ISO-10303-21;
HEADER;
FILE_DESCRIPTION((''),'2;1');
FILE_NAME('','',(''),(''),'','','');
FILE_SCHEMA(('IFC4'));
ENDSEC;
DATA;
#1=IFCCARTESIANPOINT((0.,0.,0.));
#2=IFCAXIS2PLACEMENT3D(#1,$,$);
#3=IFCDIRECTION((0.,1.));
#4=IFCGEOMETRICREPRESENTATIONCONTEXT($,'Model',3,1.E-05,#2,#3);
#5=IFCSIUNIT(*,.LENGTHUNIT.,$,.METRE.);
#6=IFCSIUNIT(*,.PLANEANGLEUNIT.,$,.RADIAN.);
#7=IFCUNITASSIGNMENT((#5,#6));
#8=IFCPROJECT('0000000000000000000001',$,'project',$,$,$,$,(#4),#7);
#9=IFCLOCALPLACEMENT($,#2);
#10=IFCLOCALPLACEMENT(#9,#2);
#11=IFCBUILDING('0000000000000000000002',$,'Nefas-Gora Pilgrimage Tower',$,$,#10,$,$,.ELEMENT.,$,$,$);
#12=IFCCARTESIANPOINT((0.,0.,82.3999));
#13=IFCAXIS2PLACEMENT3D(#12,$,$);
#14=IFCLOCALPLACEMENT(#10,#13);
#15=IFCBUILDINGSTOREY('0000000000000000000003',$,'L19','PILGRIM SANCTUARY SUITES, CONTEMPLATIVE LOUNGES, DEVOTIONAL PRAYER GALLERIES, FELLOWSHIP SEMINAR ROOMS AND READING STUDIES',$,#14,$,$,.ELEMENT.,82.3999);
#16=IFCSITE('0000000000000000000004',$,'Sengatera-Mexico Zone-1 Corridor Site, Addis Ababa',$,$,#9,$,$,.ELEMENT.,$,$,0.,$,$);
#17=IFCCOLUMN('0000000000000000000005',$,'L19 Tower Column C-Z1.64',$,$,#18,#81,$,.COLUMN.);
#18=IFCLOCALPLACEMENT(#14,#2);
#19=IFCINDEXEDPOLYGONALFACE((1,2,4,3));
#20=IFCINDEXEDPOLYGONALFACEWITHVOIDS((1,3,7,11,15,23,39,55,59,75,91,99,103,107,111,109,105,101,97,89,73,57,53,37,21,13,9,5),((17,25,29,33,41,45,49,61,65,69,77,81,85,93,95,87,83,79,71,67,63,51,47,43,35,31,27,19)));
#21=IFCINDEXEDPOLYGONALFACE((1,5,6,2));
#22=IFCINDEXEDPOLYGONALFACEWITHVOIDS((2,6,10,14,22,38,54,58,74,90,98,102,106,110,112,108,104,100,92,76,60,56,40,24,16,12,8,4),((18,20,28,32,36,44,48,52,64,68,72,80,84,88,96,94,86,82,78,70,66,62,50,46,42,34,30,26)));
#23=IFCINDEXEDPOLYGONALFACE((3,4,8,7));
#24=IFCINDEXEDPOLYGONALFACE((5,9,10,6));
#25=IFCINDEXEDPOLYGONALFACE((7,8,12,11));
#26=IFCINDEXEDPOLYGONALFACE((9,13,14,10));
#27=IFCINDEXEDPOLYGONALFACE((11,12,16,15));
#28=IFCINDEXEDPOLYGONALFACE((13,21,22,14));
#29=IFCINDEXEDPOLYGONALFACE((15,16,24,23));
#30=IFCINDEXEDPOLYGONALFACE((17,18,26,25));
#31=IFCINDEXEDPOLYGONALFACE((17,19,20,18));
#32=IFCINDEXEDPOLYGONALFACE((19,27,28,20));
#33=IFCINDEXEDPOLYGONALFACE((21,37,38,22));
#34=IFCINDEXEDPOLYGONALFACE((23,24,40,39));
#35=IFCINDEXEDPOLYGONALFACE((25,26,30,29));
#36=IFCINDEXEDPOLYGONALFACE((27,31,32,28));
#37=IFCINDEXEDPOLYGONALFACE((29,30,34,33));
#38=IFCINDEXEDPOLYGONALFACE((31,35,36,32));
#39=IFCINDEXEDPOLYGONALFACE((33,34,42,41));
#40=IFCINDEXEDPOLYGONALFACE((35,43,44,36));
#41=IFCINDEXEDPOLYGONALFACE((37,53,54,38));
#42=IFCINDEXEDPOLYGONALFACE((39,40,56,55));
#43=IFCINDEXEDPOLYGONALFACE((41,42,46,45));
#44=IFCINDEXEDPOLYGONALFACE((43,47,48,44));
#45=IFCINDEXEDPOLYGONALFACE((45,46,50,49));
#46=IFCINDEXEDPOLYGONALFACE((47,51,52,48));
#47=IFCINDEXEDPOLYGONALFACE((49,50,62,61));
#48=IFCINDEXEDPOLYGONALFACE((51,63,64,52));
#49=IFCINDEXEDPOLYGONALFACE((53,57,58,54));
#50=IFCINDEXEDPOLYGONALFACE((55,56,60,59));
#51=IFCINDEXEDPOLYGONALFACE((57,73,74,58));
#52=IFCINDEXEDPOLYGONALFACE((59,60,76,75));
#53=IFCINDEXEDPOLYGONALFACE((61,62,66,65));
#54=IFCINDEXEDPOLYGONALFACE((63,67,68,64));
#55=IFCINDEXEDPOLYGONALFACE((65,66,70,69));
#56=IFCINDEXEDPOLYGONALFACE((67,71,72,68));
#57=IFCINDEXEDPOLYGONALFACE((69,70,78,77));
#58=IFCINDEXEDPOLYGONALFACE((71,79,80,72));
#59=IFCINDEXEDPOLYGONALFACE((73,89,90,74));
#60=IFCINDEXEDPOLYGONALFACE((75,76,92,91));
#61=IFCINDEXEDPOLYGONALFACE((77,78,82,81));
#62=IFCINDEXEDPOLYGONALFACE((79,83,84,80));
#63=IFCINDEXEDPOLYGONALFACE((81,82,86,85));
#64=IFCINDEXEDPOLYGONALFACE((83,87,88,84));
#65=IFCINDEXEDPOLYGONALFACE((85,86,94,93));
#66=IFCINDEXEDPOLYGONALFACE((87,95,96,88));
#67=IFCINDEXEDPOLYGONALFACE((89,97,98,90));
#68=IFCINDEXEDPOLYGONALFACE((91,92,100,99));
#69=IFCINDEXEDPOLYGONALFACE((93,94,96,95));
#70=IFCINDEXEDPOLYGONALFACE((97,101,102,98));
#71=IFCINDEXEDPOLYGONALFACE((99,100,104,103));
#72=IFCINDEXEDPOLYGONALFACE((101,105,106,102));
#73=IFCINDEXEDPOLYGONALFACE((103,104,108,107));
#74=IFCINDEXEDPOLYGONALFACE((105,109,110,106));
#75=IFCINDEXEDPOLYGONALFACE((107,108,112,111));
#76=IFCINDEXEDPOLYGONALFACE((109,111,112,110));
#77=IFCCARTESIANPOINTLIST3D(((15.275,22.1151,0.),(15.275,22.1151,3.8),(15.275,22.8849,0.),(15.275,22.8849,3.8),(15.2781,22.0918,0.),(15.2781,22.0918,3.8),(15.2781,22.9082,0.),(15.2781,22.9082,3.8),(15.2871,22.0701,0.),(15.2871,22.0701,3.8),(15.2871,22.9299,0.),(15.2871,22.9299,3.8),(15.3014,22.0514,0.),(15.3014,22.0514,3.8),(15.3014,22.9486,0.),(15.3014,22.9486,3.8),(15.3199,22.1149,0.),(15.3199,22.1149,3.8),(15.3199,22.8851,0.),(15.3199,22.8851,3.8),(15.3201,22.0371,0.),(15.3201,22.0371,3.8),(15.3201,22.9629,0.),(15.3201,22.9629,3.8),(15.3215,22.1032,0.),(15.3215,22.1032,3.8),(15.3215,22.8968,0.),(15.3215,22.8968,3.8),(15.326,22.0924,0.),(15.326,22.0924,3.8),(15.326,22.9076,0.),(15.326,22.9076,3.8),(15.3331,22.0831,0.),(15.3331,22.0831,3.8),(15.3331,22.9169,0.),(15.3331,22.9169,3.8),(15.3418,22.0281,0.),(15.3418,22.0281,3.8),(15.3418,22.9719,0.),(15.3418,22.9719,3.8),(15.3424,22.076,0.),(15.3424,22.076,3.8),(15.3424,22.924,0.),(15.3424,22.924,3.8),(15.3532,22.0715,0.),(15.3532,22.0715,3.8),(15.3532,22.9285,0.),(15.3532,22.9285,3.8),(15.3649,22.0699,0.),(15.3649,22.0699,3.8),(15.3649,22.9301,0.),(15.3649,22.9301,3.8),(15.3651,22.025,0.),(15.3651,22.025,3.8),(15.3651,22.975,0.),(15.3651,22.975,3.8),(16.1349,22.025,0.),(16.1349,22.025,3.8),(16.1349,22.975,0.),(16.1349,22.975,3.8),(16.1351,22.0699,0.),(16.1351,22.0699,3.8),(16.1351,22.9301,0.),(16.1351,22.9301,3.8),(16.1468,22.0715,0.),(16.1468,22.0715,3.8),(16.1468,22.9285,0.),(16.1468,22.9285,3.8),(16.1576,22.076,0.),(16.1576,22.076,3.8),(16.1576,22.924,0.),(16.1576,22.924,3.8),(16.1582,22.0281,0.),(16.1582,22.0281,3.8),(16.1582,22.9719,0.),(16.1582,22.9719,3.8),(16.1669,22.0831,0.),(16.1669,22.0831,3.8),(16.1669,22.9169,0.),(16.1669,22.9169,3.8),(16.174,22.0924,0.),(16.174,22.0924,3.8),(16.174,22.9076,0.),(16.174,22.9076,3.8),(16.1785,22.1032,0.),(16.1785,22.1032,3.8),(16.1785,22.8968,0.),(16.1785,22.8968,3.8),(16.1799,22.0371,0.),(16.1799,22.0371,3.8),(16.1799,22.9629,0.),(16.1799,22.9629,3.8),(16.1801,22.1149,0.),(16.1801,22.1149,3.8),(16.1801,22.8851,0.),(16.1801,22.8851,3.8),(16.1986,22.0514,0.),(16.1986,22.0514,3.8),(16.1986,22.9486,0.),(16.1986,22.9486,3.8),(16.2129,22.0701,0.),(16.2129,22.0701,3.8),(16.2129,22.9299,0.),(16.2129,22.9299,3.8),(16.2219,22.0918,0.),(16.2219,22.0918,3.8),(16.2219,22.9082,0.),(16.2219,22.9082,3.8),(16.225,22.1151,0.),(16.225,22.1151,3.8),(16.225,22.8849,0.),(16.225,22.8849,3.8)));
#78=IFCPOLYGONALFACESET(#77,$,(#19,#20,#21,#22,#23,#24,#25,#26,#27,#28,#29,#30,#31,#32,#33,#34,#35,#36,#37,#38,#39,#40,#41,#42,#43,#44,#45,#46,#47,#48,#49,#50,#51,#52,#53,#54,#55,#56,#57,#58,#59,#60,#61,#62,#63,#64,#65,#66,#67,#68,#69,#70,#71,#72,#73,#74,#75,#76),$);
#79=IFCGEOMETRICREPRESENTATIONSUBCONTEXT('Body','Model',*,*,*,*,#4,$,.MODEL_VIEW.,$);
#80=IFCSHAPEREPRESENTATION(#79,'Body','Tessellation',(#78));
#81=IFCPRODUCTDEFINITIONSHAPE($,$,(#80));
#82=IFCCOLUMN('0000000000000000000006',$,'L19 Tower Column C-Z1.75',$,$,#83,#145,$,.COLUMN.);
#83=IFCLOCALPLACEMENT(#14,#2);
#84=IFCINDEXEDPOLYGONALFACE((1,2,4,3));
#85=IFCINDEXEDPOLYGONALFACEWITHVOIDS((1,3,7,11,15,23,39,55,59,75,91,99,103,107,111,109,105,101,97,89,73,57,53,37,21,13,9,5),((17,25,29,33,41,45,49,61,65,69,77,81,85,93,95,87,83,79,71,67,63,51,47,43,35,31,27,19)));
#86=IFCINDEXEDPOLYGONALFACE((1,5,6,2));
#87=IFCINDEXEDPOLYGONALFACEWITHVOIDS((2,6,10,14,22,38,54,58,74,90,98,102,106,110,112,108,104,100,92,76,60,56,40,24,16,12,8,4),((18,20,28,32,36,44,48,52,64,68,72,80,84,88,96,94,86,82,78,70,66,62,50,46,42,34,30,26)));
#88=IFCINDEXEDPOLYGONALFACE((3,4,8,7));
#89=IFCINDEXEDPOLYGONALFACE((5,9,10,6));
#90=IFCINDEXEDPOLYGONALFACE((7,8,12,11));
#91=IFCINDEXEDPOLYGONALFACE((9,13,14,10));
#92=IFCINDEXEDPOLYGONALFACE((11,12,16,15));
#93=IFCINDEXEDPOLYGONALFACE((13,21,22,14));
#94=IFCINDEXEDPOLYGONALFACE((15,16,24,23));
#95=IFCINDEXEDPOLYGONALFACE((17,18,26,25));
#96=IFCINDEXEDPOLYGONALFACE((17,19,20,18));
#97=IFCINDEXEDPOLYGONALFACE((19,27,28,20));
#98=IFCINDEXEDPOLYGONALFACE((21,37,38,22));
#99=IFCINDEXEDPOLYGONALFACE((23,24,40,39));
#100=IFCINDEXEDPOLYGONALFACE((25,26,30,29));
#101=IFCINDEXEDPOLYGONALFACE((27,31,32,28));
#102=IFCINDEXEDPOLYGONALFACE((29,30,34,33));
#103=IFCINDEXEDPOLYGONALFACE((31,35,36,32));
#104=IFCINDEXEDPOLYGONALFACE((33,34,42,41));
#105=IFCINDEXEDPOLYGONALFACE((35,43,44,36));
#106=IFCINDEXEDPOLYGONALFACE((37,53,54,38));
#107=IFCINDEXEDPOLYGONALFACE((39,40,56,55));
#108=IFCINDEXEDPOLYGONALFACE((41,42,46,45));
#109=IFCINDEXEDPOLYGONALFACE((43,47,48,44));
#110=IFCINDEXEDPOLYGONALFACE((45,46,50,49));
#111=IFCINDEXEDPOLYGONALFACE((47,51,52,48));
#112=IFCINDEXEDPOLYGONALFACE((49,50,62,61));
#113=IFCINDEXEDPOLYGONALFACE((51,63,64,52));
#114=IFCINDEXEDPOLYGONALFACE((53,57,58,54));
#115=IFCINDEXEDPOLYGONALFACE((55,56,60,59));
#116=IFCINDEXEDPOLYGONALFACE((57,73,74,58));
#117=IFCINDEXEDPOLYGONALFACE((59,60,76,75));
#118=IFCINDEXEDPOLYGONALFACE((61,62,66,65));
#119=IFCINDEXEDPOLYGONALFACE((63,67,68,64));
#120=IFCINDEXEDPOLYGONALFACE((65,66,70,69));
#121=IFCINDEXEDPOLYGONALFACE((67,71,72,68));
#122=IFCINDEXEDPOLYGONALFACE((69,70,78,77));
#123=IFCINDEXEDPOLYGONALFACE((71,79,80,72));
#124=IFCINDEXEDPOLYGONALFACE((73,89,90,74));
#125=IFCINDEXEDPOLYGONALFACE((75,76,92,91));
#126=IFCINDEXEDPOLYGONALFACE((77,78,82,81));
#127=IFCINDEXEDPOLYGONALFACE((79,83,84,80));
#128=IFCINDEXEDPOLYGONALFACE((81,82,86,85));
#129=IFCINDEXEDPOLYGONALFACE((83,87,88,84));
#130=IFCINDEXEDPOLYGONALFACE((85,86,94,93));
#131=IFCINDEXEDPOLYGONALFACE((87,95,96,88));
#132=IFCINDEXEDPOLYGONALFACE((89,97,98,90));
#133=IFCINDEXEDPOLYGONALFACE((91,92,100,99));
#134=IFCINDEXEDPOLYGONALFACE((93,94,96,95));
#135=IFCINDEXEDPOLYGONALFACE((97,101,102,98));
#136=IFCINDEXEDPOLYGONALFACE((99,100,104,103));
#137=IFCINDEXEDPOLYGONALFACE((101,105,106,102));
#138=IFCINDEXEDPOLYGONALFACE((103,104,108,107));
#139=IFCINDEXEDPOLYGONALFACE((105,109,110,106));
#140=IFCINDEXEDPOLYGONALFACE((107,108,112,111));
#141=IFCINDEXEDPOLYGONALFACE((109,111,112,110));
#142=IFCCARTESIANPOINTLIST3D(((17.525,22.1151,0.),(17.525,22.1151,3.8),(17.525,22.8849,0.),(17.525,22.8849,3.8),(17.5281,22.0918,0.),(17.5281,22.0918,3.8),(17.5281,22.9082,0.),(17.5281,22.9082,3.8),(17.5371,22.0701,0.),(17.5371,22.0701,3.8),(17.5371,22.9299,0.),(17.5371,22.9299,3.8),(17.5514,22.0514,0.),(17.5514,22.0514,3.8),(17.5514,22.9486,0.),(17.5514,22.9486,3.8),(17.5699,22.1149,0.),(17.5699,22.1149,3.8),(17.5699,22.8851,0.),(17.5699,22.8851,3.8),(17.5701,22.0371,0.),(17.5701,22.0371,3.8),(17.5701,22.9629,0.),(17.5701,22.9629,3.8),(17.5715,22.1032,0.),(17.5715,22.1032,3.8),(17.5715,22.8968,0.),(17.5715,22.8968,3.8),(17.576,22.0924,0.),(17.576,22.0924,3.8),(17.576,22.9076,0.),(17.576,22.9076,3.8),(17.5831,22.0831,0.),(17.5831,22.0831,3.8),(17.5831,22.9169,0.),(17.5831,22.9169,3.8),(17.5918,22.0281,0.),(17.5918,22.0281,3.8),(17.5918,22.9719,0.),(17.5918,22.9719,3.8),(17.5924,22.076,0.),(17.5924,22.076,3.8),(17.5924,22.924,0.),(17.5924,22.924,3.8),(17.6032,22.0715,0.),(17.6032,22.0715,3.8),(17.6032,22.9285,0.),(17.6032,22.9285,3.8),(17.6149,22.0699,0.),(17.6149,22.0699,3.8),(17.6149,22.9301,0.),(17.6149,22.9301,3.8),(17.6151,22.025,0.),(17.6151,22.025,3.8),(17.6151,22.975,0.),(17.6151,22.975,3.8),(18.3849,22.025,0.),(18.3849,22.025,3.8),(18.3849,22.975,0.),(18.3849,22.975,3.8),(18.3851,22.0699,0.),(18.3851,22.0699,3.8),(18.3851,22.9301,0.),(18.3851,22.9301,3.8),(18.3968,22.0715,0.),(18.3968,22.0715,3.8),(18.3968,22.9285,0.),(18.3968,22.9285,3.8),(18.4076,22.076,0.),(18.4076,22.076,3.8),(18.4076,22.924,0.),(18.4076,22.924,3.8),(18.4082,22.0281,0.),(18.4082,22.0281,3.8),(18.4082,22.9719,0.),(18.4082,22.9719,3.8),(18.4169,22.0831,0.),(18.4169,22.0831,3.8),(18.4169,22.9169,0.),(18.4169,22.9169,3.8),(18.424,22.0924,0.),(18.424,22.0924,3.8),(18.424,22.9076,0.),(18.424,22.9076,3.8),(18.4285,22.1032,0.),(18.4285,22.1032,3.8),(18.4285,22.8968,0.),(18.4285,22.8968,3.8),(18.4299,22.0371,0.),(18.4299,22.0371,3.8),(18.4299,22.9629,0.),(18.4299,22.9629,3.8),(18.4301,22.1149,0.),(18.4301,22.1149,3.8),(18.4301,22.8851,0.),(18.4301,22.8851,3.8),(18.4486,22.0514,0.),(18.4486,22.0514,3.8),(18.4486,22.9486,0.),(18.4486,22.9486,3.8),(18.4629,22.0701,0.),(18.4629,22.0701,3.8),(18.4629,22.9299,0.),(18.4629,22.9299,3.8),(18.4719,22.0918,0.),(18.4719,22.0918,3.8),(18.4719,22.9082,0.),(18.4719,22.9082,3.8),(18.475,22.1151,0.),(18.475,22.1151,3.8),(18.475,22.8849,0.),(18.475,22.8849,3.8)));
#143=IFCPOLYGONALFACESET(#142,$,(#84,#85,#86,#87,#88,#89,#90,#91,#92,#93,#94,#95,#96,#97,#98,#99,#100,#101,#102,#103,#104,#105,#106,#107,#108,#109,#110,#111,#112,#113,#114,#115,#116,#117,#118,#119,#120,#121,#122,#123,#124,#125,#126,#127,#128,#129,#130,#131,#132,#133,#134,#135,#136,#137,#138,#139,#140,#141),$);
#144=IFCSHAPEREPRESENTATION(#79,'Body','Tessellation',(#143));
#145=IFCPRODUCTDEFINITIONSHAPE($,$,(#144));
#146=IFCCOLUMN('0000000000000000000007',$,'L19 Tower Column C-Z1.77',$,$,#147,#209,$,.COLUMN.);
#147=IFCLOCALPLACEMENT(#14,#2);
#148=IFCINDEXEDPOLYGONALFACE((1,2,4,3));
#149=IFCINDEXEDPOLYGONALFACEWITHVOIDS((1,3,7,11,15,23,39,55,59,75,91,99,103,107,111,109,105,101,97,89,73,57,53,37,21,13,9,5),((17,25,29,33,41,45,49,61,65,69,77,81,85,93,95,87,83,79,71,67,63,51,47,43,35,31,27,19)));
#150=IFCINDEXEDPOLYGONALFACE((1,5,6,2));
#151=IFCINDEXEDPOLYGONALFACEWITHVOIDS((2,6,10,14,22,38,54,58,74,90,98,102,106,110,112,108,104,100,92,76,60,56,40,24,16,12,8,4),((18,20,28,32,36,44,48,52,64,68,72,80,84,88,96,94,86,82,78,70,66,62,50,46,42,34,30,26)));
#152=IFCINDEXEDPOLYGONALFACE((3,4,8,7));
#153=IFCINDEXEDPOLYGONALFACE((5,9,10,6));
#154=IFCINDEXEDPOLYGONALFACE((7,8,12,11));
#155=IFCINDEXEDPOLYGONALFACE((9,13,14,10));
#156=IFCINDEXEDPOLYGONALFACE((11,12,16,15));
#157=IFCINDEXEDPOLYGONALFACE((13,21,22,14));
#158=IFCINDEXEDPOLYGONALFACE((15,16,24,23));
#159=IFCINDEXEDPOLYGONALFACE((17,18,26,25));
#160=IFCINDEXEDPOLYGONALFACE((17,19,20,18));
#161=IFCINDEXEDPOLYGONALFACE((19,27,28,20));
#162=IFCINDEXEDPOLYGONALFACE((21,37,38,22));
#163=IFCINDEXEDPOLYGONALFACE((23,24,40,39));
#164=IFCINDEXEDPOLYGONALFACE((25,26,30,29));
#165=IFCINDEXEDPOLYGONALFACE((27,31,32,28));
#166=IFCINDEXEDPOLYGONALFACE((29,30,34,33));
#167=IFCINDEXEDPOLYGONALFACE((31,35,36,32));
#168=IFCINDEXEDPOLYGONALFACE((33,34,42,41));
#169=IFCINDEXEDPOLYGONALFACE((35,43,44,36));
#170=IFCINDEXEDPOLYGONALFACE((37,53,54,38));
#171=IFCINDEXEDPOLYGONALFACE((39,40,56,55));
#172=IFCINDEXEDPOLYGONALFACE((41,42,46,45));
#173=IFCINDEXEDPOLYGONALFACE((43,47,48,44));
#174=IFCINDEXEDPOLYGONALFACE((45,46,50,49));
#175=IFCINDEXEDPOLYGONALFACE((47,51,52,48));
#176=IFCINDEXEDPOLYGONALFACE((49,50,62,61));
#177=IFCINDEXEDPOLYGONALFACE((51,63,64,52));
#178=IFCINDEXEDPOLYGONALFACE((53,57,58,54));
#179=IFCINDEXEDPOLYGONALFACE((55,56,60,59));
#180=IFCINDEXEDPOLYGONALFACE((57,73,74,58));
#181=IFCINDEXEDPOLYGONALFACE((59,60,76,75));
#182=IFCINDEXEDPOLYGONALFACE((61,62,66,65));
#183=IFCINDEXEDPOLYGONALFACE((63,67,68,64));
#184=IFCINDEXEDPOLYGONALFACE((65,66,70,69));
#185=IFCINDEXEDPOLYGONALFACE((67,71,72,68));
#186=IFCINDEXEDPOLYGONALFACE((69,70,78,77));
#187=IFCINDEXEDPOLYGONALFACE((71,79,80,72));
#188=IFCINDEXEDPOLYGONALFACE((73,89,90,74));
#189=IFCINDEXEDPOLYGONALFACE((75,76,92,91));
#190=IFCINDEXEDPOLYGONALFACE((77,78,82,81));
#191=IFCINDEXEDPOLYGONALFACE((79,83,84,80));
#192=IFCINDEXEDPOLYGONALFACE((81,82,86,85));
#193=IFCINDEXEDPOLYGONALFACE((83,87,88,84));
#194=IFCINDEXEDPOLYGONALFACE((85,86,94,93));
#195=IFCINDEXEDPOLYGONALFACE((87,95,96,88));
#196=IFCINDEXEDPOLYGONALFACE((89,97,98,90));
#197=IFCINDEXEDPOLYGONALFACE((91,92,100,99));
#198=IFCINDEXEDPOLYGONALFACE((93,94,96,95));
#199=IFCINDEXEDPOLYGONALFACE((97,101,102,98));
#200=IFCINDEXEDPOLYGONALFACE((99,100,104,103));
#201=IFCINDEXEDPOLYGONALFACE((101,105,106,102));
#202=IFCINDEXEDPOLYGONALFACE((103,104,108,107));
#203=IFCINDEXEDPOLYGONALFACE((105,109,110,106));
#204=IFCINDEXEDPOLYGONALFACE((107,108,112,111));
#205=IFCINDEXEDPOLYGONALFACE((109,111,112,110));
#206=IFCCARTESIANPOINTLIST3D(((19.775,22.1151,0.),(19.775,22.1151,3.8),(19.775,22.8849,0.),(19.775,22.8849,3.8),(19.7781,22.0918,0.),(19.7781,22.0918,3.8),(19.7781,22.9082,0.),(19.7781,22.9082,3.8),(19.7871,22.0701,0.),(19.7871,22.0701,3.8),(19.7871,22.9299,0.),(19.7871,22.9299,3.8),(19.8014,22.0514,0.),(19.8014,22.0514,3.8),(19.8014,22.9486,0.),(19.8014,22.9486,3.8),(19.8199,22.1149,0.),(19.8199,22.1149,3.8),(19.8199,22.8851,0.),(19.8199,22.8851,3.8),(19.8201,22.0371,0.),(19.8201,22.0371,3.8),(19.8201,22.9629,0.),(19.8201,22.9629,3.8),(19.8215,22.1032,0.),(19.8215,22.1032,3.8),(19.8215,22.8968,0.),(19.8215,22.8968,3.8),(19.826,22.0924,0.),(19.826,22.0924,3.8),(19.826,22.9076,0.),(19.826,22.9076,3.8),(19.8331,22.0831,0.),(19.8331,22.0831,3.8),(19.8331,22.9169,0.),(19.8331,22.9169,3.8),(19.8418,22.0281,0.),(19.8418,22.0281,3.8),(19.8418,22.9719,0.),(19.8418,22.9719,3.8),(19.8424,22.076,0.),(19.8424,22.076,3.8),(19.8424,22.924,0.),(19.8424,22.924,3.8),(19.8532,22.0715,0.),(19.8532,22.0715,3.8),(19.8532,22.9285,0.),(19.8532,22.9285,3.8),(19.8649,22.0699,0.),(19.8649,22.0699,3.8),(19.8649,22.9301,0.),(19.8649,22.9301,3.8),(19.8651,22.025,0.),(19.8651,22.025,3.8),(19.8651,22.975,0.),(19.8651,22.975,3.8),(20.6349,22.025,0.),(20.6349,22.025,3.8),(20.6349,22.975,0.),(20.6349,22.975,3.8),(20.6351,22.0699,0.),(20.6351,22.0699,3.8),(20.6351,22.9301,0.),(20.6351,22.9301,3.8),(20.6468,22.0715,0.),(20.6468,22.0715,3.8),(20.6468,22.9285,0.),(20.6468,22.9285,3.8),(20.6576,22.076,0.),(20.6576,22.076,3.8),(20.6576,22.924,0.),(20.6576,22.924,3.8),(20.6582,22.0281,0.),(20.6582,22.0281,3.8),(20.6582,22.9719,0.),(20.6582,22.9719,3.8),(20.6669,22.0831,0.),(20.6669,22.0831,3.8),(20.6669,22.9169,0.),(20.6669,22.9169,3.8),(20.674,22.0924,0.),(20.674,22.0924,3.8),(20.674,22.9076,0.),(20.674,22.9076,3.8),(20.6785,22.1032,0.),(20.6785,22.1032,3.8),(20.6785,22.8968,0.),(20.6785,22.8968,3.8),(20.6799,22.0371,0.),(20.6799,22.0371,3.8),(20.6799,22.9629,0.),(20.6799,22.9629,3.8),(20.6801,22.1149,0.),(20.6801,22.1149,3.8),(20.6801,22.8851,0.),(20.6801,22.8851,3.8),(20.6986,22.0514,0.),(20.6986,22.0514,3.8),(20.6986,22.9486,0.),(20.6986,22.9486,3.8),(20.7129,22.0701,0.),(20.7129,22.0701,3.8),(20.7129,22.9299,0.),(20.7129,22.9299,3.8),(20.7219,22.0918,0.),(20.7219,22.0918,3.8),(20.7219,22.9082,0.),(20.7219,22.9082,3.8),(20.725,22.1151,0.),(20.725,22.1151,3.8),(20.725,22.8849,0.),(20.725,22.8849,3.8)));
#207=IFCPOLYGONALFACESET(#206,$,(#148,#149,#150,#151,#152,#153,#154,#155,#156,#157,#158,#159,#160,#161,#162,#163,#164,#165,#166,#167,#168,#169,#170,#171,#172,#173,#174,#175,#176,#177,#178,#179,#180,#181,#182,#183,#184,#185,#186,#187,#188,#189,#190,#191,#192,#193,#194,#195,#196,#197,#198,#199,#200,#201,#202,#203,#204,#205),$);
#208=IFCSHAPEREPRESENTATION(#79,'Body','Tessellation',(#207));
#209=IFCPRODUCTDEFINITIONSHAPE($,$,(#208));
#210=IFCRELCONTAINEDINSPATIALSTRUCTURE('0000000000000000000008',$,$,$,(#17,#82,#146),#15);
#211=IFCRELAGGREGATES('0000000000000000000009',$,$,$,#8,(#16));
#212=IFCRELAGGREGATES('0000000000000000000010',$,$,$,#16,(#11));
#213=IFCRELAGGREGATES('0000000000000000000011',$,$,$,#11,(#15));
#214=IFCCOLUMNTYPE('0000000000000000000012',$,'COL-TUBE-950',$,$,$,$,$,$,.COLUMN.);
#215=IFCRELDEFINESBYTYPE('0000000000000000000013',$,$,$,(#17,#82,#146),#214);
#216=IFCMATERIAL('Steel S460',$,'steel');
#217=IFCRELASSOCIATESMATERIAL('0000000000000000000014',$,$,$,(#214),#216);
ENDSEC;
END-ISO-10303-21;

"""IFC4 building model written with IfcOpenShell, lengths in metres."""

from ifc_helpers import new_model, si_unit, direction, frame, origin, origin_2d, place, context, subcontext, project, spatial, hollow_rectangle, extrude, source, transform, mapped, material, material_profile, profile_set, type_object, element, save


model = new_model("IFC4")

# Units and contexts
model_context = context("Model", 3, precision=1e-05, world=origin(), true_north=direction((0.0, 1.0)))
body_context = subcontext(model_context, "Body", "Model", "MODEL_VIEW")
ifc_project = project(units=[si_unit("LENGTHUNIT", "METRE"), si_unit("PLANEANGLEUNIT", "RADIAN")], contexts=[model_context])

# Site, building, storey
site_placement = place(None, origin())
site = spatial("IfcSite", under=ifc_project, at=site_placement, Name="Sengatera-Mexico Zone-1 Corridor Site, Addis Ababa", CompositionType="ELEMENT", RefElevation=0.0)
building_placement = place(site_placement, origin())
building = spatial("IfcBuilding", under=site, at=building_placement, Name="Nefas-Gora Pilgrimage Tower", CompositionType="ELEMENT")
storey_placement = place(building_placement, frame((0.0, 0.0, 82.3999)))
storey = spatial("IfcBuildingStorey", under=building, at=storey_placement, Name="L19", Description="PILGRIM SANCTUARY SUITES, CONTEMPLATIVE LOUNGES, DEVOTIONAL PRAYER GALLERIES, FELLOWSHIP SEMINAR ROOMS AND READING STUDIES", CompositionType="ELEMENT", Elevation=82.3999)

# Columns
ifc_material_1 = material(Name="Steel S460", Category="steel")
ifc_material_profile_1 = material_profile(ifc_material_1, hollow_rectangle(XDim=0.95, YDim=0.95, WallThickness=0.0449, InnerFilletRadius=0.0449, OuterFilletRadius=0.0901, at=origin_2d()), Name="BOX 950x950x45")
ifc_profile_set_1 = profile_set([ifc_material_profile_1], Name="Steel S460")
column_type_1 = type_object("IfcColumnType", Name="COL-TUBE-950", PredefinedType="COLUMN", material=ifc_profile_set_1)
shared_shape_1 = source(origin(), body_context, "Body", "SweptSolid", [
    extrude(hollow_rectangle(XDim=0.95, YDim=0.95, WallThickness=0.0449, InnerFilletRadius=0.0449, OuterFilletRadius=0.0901, at=origin_2d()), origin(), (0.0, 0.0, 1.0), 3.8),
])
for number, where, z_axis, x_axis, name in (
    (1, (15.75, 22.5, 0.0), (0.0, 0.0, 1.0), (1.0, 0.0, 0.0), "L19 Tower Column C-Z1.64"),
    (2, (18.0, 22.5, 0.0), (0.0, 0.0, 1.0), (1.0, 0.0, 0.0), "L19 Tower Column C-Z1.75"),
    (3, (20.25, 22.5, 0.0), (0.0, 0.0, 1.0), (1.0, 0.0, 0.0), "L19 Tower Column C-Z1.77"),
):
    element("IfcColumn", number, at=place(storey_placement, frame(where, z_axis=z_axis, x_axis=x_axis)), inside=storey, type_object=column_type_1, Name=name, PredefinedType="COLUMN", context=body_context, shape_type="MappedRepresentation", body=[
        mapped(shared_shape_1, transform((0.0, 0.0, 0.0), x_axis=(1.0, 0.0, 0.0), y_axis=(0.0, 1.0, 0.0), z_axis=(0.0, 0.0, 1.0), scale=1.0)),
    ])

save(model, "model.ifc")
